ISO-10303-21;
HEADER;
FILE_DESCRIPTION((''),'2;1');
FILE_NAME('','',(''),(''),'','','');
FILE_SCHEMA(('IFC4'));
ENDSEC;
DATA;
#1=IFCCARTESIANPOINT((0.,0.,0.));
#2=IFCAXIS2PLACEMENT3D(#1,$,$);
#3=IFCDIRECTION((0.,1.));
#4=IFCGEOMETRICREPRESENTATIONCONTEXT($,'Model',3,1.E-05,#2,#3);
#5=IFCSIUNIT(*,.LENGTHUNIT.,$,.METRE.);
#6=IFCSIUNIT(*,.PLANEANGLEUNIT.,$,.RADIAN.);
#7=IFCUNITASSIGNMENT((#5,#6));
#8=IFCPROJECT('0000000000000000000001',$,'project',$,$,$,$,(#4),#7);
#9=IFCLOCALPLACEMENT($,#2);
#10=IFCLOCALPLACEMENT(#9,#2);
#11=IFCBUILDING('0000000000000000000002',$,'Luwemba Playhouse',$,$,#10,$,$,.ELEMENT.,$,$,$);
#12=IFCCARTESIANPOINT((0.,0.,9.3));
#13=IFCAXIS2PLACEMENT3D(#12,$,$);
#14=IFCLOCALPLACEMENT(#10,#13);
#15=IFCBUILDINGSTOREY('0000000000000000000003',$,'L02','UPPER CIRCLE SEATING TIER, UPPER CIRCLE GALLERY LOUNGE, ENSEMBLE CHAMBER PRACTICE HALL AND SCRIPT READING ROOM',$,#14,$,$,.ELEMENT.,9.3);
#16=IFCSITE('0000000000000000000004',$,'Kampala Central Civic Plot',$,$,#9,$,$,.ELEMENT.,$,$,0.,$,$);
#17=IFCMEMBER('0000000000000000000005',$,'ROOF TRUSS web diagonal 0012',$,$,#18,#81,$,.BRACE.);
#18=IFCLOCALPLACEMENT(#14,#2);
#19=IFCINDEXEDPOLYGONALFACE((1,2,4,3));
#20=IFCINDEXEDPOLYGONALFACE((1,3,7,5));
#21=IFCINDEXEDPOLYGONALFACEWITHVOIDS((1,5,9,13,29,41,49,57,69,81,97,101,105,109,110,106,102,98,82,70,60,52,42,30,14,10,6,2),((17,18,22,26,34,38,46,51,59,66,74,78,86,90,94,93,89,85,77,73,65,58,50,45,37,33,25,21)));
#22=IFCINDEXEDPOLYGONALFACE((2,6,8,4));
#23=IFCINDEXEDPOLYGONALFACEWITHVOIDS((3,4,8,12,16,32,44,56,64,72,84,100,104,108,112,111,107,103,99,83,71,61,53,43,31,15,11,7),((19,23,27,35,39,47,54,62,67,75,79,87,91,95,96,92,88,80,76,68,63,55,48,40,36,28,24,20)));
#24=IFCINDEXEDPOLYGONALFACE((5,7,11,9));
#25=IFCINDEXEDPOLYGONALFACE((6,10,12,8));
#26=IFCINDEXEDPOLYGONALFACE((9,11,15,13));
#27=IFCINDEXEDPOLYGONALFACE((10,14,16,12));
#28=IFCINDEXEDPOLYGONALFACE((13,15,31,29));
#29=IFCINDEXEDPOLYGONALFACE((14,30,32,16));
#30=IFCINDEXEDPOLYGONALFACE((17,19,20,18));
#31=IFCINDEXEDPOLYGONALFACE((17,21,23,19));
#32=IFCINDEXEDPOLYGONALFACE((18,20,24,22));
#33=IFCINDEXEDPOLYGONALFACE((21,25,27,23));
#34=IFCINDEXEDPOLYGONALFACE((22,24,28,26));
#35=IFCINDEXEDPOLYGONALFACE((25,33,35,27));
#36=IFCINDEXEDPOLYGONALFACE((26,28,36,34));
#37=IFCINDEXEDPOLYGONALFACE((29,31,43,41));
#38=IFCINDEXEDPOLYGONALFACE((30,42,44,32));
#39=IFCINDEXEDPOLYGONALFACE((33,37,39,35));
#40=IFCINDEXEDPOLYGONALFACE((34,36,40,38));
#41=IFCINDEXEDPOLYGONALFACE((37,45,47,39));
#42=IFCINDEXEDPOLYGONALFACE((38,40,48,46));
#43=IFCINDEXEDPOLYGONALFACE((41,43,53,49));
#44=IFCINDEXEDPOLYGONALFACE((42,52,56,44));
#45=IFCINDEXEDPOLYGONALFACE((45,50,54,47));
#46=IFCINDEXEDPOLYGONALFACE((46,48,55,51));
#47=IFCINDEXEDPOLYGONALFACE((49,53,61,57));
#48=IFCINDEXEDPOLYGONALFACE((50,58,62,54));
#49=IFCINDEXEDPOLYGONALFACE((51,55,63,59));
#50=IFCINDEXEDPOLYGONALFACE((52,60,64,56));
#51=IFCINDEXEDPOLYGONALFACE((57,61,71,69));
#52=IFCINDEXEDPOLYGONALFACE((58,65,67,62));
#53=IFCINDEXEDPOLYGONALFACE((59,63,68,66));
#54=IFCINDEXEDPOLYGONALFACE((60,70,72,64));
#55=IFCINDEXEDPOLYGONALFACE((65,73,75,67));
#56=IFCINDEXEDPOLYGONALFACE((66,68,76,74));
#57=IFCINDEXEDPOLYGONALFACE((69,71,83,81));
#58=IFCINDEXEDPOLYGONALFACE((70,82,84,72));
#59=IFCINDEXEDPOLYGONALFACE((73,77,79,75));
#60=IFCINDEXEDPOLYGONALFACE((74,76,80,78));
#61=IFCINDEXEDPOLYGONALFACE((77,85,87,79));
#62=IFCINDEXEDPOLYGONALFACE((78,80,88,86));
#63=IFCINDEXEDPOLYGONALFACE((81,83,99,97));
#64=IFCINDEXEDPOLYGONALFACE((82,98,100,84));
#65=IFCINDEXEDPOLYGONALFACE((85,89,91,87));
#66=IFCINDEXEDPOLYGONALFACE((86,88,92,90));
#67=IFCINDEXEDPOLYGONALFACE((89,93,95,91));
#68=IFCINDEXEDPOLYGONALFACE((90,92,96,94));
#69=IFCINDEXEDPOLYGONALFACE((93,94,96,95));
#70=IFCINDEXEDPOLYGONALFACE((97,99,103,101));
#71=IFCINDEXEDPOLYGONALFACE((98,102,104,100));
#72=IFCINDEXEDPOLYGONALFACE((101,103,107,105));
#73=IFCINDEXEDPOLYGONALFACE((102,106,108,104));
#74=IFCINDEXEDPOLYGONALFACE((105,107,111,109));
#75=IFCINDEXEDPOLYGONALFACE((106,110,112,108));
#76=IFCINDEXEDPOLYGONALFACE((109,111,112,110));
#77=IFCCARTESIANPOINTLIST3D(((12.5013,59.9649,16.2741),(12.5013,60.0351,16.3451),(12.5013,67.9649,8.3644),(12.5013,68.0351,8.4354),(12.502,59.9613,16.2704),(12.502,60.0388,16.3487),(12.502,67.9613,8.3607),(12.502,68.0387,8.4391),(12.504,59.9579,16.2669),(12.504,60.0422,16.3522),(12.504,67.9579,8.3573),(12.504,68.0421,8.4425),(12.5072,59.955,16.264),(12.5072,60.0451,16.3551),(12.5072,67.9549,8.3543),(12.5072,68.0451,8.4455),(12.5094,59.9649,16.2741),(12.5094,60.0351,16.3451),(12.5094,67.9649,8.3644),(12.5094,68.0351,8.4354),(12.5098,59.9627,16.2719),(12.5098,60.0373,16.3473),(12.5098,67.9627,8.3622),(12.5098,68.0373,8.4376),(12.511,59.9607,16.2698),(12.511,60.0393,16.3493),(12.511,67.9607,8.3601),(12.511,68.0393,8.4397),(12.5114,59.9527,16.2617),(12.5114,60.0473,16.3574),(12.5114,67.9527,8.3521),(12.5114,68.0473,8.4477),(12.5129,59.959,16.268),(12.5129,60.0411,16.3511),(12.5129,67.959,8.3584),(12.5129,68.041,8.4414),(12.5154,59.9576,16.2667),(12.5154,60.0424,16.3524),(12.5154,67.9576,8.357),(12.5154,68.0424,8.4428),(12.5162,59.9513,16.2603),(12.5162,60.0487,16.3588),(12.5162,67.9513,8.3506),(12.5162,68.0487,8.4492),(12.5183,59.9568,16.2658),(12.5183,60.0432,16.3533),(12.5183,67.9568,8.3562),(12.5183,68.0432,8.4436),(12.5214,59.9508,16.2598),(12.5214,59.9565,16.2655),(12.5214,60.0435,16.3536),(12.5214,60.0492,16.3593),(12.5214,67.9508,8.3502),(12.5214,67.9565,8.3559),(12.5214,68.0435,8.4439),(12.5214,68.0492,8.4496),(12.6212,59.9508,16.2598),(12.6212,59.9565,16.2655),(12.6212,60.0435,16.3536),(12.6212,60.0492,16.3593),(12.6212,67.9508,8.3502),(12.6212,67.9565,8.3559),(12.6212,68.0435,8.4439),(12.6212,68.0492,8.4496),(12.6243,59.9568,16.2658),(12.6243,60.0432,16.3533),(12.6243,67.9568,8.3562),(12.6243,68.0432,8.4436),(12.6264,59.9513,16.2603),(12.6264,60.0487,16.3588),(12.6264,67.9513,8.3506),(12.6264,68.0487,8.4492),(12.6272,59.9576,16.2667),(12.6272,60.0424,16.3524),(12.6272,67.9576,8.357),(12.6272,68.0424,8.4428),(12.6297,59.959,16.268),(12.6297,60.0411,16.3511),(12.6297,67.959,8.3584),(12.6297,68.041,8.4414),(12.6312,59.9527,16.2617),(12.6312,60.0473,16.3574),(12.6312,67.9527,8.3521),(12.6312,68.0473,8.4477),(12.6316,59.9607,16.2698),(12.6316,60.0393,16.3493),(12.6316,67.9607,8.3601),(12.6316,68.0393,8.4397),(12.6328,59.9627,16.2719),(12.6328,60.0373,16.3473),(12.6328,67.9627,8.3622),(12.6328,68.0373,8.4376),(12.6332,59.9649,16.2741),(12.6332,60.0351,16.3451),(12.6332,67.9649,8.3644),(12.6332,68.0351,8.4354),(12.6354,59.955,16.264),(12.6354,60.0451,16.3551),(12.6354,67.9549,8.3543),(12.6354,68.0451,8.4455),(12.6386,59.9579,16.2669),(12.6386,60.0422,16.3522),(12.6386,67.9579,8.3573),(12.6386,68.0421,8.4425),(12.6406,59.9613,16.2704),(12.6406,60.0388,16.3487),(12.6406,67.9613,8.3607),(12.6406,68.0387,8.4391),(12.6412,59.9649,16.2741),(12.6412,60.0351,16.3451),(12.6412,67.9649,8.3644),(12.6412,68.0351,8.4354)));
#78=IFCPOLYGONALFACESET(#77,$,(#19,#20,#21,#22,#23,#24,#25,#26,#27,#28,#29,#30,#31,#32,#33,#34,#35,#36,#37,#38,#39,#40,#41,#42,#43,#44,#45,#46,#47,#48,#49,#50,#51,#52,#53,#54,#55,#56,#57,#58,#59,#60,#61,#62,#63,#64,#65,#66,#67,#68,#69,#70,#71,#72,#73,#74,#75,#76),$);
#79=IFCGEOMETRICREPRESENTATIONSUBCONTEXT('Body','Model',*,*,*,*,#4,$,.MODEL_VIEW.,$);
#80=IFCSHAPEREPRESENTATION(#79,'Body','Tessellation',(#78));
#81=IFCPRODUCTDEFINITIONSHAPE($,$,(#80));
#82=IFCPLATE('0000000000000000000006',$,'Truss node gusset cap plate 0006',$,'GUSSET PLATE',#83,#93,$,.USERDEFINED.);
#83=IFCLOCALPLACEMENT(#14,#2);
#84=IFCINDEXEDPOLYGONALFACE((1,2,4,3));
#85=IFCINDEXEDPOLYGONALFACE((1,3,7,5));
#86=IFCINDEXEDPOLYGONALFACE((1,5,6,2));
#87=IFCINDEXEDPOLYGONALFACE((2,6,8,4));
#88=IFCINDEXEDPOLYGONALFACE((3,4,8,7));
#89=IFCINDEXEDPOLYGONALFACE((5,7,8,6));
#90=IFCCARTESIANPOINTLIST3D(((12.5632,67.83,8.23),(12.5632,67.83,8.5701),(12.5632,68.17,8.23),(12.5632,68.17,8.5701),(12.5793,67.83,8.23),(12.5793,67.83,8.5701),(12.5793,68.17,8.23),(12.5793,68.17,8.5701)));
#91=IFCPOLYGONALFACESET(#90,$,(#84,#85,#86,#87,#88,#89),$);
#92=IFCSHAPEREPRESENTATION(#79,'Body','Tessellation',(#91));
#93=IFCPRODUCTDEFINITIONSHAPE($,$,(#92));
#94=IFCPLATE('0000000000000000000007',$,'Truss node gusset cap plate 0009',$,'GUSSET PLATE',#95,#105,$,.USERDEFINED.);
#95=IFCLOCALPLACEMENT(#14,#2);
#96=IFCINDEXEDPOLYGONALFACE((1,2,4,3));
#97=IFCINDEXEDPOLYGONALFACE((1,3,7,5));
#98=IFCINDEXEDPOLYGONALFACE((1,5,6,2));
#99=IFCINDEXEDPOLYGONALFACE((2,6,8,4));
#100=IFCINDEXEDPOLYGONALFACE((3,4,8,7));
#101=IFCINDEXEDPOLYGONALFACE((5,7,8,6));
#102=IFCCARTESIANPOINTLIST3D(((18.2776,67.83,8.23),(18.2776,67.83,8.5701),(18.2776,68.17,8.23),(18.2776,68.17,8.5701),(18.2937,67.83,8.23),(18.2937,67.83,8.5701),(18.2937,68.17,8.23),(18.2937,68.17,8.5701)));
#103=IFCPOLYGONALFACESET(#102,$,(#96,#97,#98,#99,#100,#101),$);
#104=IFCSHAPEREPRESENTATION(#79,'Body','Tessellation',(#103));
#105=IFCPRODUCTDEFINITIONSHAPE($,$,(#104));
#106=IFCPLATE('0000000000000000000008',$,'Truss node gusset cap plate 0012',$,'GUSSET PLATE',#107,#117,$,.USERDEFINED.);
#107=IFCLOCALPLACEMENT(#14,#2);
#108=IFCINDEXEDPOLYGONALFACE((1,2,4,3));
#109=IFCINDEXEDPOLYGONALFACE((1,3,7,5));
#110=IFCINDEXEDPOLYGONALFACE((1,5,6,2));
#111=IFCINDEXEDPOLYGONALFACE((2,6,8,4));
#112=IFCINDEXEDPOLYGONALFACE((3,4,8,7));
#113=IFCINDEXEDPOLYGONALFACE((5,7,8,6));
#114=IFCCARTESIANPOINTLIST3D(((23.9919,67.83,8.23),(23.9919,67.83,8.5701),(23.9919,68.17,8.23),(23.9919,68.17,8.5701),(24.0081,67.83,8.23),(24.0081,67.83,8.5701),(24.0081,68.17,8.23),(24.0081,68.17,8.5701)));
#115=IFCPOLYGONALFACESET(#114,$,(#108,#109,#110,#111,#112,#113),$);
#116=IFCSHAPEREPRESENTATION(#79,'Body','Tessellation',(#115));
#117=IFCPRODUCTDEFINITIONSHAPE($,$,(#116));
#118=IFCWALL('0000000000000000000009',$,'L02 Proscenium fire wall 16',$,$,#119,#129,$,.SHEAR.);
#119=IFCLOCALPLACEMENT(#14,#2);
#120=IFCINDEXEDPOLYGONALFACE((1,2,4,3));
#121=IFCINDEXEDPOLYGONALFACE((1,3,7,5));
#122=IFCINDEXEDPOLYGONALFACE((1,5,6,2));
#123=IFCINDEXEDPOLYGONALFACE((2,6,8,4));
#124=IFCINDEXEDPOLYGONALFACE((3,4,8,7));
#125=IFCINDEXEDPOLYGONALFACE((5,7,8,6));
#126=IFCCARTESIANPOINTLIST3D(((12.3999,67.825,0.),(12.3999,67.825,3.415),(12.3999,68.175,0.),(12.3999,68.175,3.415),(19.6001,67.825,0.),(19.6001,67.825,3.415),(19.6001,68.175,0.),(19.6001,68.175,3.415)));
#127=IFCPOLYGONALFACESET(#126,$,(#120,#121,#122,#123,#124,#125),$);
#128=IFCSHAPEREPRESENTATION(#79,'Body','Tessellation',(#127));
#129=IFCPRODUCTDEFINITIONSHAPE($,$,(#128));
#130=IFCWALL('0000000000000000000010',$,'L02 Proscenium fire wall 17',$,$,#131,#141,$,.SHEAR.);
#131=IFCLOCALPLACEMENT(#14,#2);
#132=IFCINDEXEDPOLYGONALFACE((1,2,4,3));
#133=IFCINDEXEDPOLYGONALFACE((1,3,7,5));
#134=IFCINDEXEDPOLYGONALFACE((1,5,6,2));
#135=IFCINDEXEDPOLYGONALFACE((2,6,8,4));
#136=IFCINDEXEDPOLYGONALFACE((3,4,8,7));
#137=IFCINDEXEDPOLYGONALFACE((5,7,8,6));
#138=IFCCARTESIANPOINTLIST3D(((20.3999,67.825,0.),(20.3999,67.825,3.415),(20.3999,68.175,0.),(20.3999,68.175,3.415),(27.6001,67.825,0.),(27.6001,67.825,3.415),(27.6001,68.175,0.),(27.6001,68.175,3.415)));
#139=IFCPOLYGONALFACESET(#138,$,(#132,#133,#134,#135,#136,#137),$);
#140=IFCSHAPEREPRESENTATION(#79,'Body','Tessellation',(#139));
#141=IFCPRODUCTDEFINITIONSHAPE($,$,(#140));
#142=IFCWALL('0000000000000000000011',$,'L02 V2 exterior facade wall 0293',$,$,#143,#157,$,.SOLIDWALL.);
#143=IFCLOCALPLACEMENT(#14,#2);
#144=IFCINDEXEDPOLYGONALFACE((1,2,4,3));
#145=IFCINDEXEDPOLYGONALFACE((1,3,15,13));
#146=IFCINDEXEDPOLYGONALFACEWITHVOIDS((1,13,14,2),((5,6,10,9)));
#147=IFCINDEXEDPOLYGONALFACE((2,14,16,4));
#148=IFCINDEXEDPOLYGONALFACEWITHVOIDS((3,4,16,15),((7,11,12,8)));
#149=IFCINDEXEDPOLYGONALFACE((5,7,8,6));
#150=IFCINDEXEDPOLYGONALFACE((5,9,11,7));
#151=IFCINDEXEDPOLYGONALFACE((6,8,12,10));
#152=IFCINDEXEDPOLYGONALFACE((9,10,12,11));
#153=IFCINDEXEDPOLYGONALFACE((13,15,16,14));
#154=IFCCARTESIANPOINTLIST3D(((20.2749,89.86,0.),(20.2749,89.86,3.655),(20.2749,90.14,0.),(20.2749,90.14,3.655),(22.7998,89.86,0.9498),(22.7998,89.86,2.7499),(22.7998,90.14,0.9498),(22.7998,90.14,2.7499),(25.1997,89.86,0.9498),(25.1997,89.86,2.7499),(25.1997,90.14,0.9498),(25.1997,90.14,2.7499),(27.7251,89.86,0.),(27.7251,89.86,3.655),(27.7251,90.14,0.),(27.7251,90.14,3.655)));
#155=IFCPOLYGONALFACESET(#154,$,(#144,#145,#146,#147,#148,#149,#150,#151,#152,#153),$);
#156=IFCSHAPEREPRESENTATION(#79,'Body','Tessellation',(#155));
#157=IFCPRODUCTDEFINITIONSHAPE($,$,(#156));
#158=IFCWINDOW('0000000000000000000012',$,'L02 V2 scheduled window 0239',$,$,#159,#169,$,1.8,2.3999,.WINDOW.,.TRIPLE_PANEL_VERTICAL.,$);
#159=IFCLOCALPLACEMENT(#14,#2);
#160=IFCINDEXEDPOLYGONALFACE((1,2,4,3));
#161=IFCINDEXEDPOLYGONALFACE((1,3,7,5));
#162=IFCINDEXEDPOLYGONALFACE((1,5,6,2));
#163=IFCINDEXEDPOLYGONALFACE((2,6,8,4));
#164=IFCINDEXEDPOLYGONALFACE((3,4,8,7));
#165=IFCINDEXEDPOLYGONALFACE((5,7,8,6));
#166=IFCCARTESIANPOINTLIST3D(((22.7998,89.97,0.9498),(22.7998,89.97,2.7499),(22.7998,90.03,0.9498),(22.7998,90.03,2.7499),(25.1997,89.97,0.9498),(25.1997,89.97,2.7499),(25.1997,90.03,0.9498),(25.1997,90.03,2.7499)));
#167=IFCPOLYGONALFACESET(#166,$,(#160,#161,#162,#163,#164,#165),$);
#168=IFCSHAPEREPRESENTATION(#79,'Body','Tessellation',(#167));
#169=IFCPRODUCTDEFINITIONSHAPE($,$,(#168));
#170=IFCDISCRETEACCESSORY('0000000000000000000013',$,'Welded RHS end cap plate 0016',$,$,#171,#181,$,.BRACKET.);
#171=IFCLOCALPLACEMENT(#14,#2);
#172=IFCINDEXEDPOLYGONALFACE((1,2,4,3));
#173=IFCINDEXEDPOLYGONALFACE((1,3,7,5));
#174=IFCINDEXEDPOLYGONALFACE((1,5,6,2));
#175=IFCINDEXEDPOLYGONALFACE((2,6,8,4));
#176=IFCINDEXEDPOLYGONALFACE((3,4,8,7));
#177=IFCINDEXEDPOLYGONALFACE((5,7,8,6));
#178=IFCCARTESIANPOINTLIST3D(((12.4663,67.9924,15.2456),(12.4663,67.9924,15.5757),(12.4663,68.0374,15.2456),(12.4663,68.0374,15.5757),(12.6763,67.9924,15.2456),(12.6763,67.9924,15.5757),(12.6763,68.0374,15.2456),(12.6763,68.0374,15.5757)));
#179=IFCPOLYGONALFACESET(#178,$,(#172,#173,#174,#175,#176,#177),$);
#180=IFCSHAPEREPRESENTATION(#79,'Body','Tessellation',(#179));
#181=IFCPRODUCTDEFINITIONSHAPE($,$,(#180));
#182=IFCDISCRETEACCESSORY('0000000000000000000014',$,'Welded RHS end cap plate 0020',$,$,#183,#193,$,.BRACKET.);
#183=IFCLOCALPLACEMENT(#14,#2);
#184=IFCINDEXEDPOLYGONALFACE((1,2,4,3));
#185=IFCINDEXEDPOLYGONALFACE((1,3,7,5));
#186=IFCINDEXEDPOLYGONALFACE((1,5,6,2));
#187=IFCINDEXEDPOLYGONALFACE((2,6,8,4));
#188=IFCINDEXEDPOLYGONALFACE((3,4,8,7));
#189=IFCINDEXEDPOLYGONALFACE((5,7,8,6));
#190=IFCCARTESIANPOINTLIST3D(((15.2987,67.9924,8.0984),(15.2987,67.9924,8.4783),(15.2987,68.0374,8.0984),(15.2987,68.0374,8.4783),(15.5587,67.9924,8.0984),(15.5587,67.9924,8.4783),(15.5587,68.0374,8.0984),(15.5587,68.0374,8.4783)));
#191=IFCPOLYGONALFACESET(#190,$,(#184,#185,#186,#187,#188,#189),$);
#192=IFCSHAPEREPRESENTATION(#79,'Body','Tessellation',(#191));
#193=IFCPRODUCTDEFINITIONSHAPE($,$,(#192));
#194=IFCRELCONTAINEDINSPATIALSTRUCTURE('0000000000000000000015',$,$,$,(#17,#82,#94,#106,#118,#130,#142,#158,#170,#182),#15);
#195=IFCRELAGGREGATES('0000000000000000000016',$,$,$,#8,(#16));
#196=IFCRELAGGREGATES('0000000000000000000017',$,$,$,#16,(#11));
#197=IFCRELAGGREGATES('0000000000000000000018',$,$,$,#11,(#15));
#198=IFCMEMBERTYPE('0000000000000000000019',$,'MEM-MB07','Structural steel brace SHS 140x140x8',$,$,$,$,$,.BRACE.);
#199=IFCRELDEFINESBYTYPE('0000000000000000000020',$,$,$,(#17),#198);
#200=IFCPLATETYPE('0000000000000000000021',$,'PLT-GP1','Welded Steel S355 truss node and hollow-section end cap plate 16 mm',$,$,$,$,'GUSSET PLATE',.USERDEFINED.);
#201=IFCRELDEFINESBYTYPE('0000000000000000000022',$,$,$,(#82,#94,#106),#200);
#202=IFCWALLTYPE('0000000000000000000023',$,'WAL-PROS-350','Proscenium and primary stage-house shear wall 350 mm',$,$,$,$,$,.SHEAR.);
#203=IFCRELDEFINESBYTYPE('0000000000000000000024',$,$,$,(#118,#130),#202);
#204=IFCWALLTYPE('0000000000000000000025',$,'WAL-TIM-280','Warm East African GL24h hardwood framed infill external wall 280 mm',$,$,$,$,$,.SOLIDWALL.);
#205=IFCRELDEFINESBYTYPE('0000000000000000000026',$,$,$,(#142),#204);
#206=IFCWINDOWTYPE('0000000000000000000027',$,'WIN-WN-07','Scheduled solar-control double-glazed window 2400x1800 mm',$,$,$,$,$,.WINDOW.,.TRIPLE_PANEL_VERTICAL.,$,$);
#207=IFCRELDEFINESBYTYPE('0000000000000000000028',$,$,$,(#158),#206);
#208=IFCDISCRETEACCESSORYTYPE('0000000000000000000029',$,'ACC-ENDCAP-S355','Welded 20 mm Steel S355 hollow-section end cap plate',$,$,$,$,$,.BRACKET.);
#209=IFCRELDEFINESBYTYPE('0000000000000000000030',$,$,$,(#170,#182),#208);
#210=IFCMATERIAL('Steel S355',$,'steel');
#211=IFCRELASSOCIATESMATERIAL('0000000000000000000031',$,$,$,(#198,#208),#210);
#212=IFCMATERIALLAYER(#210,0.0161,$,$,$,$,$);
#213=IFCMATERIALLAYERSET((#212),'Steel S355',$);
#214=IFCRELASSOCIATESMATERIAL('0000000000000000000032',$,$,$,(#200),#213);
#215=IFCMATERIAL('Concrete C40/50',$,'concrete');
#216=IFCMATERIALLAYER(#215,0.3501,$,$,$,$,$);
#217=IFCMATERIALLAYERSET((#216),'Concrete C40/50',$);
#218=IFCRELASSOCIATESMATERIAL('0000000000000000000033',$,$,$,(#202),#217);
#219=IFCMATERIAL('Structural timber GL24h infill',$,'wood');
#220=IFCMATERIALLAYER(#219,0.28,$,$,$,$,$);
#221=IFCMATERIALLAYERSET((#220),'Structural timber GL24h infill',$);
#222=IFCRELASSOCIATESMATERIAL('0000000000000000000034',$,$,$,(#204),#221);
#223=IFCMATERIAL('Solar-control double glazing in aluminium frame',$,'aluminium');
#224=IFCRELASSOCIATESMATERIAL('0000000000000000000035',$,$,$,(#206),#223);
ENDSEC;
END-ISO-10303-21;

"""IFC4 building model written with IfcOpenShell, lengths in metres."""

from ifc_helpers import new_model, si_unit, direction, frame, frame_2d, origin, origin_2d, place, context, subcontext, project, spatial, rectangle, hollow_rectangle, extrude, material, layer, layer_set, material_profile, profile_set, type_object, element, fill, save


model = new_model("IFC4")

# Units and contexts
model_context = context("Model", 3, precision=1e-05, world=origin(), true_north=direction((0.0, 1.0)))
body_context = subcontext(model_context, "Body", "Model", "MODEL_VIEW")
ifc_project = project(units=[si_unit("LENGTHUNIT", "METRE"), si_unit("PLANEANGLEUNIT", "RADIAN")], contexts=[model_context])

# Site, building, storey
site_placement = place(None, origin())
site = spatial("IfcSite", under=ifc_project, at=site_placement, Name="Kampala Central Civic Plot", CompositionType="ELEMENT", RefElevation=0.0)
building_placement = place(site_placement, origin())
building = spatial("IfcBuilding", under=site, at=building_placement, Name="Luwemba Playhouse", CompositionType="ELEMENT")
storey_placement = place(building_placement, frame((0.0, 0.0, 9.3)))
storey = spatial("IfcBuildingStorey", under=building, at=storey_placement, Name="L02", Description="UPPER CIRCLE SEATING TIER, UPPER CIRCLE GALLERY LOUNGE, ENSEMBLE CHAMBER PRACTICE HALL AND SCRIPT READING ROOM", CompositionType="ELEMENT", Elevation=9.3)

# Shared definitions
ifc_material_1 = material(Name="Concrete C40/50", Category="concrete")

# Shared definitions
ifc_material_2 = material(Name="Steel S355", Category="steel")

# Member
ifc_material_profile_1 = material_profile(ifc_material_2, hollow_rectangle(XDim=0.1399, YDim=0.1399, WallThickness=0.0081, InnerFilletRadius=0.012, OuterFilletRadius=0.02, at=origin_2d()))
ifc_profile_set_1 = profile_set([ifc_material_profile_1], Name="Steel S355")
member_type_1 = type_object("IfcMemberType", Name="MEM-MB07", Description="Structural steel brace SHS 140x140x8", PredefinedType="BRACE", material=ifc_profile_set_1)
member_1_placement = place(storey_placement, frame((12.5713, 68.0, 8.3999), z_axis=(0.0, -0.71111, 0.703081), x_axis=(1.0, 0.0, 0.0)))
element("IfcMember", 1, at=member_1_placement, inside=storey, type_object=member_type_1, Name="ROOF TRUSS web diagonal 0012", PredefinedType="BRACE", context=body_context, shape_type="SweptSolid", body=[
    extrude(hollow_rectangle(XDim=0.1399, YDim=0.1399, WallThickness=0.0081, InnerFilletRadius=0.012, OuterFilletRadius=0.02, at=origin_2d()), origin(), (0.0, 0.0, 1.0), 11.25),
])

# Plates
ifc_layer_1 = layer(ifc_material_2, 0.0161)
ifc_layer_set_1 = layer_set([ifc_layer_1], Name="Steel S355")
plate_type = type_object("IfcPlateType", Name="PLT-GP1", Description="Welded Steel S355 truss node and hollow-section end cap plate 16 mm", ElementType="GUSSET PLATE", PredefinedType="USERDEFINED", material=ifc_layer_set_1)
for number, where, z_axis, x_axis, name in (
    (2, (12.5713, 68.0, 8.23), (0.0, 0.0, 1.0), (1.0, 0.0, 0.0), "Truss node gusset cap plate 0006"),
    (3, (18.2856, 68.0, 8.23), (0.0, 0.0, 1.0), (1.0, 0.0, 0.0), "Truss node gusset cap plate 0009"),
    (4, (24.0, 68.0, 8.23), (0.0, 0.0, 1.0), (1.0, 0.0, 0.0), "Truss node gusset cap plate 0012"),
):
    element("IfcPlate", number, at=place(storey_placement, frame(where, z_axis=z_axis, x_axis=x_axis)), inside=storey, type_object=plate_type, Name=name, ObjectType="GUSSET PLATE", PredefinedType="USERDEFINED", context=body_context, shape_type="SweptSolid", body=[
        extrude(rectangle(XDim=0.0161, YDim=0.3401, at=origin_2d()), origin(), (0.0, 0.0, 1.0), 0.3401),
    ])

# Walls
ifc_layer_2 = layer(ifc_material_1, 0.3501)
ifc_layer_set_2 = layer_set([ifc_layer_2], Name="Concrete C40/50")
wall_type_1 = type_object("IfcWallType", Name="WAL-PROS-350", Description="Proscenium and primary stage-house shear wall 350 mm", PredefinedType="SHEAR", material=ifc_layer_set_2)
for number, where, z_axis, x_axis, name in (
    (5, (12.3999, 68.0, 0.0), (0.0, 0.0, 1.0), (1.0, 0.0, 0.0), "L02 Proscenium fire wall 16"),
    (6, (20.3999, 68.0, 0.0), (0.0, 0.0, 1.0), (1.0, 0.0, 0.0), "L02 Proscenium fire wall 17"),
):
    element("IfcWall", number, at=place(storey_placement, frame(where, z_axis=z_axis, x_axis=x_axis)), inside=storey, type_object=wall_type_1, Name=name, PredefinedType="SHEAR", context=body_context, shape_type="SweptSolid", body=[
        extrude(rectangle(XDim=7.2002, YDim=0.3501, at=frame_2d((3.6001, 0.0))), origin(), (0.0, 0.0, 1.0), 3.415),
    ])

# Wall, opening, window
ifc_material_3 = material(Name="Structural timber GL24h infill", Category="wood")
ifc_layer_3 = layer(ifc_material_3, 0.28)
ifc_layer_set_3 = layer_set([ifc_layer_3], Name="Structural timber GL24h infill")
wall_type_2 = type_object("IfcWallType", Name="WAL-TIM-280", Description="Warm East African GL24h hardwood framed infill external wall 280 mm", PredefinedType="SOLIDWALL", material=ifc_layer_set_3)
wall_placement = place(storey_placement, frame((20.2749, 90.0, 0.0), z_axis=(0.0, 0.0, 1.0), x_axis=(1.0, 0.0, 0.0)))
wall = element("IfcWall", 7, at=wall_placement, inside=storey, type_object=wall_type_2, Name="L02 V2 exterior facade wall 0293", PredefinedType="SOLIDWALL", context=body_context, shape_type="SweptSolid", body=[
    extrude(rectangle(XDim=7.4502, YDim=0.28, at=frame_2d((3.7251, 0.0))), origin(), (0.0, 0.0, 1.0), 3.655),
])
opening_placement = place(wall_placement, frame((2.5249, 0.0, 0.95)))
opening = element("IfcOpeningElement", 8, at=opening_placement, cuts=wall, PredefinedType="OPENING", context=body_context, shape_type="SweptSolid", body=[
    extrude(rectangle(XDim=2.3999, YDim=1.8, at=frame_2d((1.2, 0.8999))), frame((0.0, 0.1499, 0.0), z_axis=(0.0, -1.0, 0.0), x_axis=(1.0, 0.0, 0.0)), (0.0, 0.0, 1.0), 0.3),
])
ifc_material_4 = material(Name="Solar-control double glazing in aluminium frame", Category="aluminium")
window_type = type_object("IfcWindowType", Name="WIN-WN-07", Description="Scheduled solar-control double-glazed window 2400x1800 mm", PartitioningType="TRIPLE_PANEL_VERTICAL", PredefinedType="WINDOW", material=ifc_material_4)
window_placement = place(opening_placement, origin())
window = element("IfcWindow", 9, at=window_placement, inside=storey, type_object=window_type, Name="L02 V2 scheduled window 0239", OverallHeight=1.8, OverallWidth=2.3999, PartitioningType="TRIPLE_PANEL_VERTICAL", PredefinedType="WINDOW", context=body_context, shape_type="SweptSolid", body=[
    extrude(rectangle(XDim=2.3999, YDim=1.8, at=frame_2d((1.2, 0.8999))), frame((0.0, 0.03, 0.0), z_axis=(0.0, -1.0, 0.0), x_axis=(1.0, 0.0, 0.0)), (0.0, 0.0, 1.0), 0.0601),
])
fill(opening, window)

# Discrete accessories
discrete_accessory_type = type_object("IfcDiscreteAccessoryType", Name="ACC-ENDCAP-S355", Description="Welded 20 mm Steel S355 hollow-section end cap plate", PredefinedType="BRACKET", material=ifc_material_2)
discrete_accessory_1_placement = place(storey_placement, frame((12.5713, 68.0149, 15.2456), z_axis=(0.0, 0.0, 1.0), x_axis=(1.0, 0.0, 0.0)))
element("IfcDiscreteAccessory", 10, at=discrete_accessory_1_placement, inside=storey, type_object=discrete_accessory_type, Name="Welded RHS end cap plate 0016", PredefinedType="BRACKET", context=body_context, shape_type="SweptSolid", body=[
    extrude(rectangle(XDim=0.21, YDim=0.0449, at=origin_2d()), origin(), (0.0, 0.0, 1.0), 0.3301),
])
discrete_accessory_2_placement = place(storey_placement, frame((15.4287, 68.0149, 8.0984), z_axis=(0.0, 0.0, 1.0), x_axis=(1.0, 0.0, 0.0)))
element("IfcDiscreteAccessory", 11, at=discrete_accessory_2_placement, inside=storey, type_object=discrete_accessory_type, Name="Welded RHS end cap plate 0020", PredefinedType="BRACKET", context=body_context, shape_type="SweptSolid", body=[
    extrude(rectangle(XDim=0.26, YDim=0.0449, at=origin_2d()), origin(), (0.0, 0.0, 1.0), 0.3799),
])

save(model, "model.ifc")
